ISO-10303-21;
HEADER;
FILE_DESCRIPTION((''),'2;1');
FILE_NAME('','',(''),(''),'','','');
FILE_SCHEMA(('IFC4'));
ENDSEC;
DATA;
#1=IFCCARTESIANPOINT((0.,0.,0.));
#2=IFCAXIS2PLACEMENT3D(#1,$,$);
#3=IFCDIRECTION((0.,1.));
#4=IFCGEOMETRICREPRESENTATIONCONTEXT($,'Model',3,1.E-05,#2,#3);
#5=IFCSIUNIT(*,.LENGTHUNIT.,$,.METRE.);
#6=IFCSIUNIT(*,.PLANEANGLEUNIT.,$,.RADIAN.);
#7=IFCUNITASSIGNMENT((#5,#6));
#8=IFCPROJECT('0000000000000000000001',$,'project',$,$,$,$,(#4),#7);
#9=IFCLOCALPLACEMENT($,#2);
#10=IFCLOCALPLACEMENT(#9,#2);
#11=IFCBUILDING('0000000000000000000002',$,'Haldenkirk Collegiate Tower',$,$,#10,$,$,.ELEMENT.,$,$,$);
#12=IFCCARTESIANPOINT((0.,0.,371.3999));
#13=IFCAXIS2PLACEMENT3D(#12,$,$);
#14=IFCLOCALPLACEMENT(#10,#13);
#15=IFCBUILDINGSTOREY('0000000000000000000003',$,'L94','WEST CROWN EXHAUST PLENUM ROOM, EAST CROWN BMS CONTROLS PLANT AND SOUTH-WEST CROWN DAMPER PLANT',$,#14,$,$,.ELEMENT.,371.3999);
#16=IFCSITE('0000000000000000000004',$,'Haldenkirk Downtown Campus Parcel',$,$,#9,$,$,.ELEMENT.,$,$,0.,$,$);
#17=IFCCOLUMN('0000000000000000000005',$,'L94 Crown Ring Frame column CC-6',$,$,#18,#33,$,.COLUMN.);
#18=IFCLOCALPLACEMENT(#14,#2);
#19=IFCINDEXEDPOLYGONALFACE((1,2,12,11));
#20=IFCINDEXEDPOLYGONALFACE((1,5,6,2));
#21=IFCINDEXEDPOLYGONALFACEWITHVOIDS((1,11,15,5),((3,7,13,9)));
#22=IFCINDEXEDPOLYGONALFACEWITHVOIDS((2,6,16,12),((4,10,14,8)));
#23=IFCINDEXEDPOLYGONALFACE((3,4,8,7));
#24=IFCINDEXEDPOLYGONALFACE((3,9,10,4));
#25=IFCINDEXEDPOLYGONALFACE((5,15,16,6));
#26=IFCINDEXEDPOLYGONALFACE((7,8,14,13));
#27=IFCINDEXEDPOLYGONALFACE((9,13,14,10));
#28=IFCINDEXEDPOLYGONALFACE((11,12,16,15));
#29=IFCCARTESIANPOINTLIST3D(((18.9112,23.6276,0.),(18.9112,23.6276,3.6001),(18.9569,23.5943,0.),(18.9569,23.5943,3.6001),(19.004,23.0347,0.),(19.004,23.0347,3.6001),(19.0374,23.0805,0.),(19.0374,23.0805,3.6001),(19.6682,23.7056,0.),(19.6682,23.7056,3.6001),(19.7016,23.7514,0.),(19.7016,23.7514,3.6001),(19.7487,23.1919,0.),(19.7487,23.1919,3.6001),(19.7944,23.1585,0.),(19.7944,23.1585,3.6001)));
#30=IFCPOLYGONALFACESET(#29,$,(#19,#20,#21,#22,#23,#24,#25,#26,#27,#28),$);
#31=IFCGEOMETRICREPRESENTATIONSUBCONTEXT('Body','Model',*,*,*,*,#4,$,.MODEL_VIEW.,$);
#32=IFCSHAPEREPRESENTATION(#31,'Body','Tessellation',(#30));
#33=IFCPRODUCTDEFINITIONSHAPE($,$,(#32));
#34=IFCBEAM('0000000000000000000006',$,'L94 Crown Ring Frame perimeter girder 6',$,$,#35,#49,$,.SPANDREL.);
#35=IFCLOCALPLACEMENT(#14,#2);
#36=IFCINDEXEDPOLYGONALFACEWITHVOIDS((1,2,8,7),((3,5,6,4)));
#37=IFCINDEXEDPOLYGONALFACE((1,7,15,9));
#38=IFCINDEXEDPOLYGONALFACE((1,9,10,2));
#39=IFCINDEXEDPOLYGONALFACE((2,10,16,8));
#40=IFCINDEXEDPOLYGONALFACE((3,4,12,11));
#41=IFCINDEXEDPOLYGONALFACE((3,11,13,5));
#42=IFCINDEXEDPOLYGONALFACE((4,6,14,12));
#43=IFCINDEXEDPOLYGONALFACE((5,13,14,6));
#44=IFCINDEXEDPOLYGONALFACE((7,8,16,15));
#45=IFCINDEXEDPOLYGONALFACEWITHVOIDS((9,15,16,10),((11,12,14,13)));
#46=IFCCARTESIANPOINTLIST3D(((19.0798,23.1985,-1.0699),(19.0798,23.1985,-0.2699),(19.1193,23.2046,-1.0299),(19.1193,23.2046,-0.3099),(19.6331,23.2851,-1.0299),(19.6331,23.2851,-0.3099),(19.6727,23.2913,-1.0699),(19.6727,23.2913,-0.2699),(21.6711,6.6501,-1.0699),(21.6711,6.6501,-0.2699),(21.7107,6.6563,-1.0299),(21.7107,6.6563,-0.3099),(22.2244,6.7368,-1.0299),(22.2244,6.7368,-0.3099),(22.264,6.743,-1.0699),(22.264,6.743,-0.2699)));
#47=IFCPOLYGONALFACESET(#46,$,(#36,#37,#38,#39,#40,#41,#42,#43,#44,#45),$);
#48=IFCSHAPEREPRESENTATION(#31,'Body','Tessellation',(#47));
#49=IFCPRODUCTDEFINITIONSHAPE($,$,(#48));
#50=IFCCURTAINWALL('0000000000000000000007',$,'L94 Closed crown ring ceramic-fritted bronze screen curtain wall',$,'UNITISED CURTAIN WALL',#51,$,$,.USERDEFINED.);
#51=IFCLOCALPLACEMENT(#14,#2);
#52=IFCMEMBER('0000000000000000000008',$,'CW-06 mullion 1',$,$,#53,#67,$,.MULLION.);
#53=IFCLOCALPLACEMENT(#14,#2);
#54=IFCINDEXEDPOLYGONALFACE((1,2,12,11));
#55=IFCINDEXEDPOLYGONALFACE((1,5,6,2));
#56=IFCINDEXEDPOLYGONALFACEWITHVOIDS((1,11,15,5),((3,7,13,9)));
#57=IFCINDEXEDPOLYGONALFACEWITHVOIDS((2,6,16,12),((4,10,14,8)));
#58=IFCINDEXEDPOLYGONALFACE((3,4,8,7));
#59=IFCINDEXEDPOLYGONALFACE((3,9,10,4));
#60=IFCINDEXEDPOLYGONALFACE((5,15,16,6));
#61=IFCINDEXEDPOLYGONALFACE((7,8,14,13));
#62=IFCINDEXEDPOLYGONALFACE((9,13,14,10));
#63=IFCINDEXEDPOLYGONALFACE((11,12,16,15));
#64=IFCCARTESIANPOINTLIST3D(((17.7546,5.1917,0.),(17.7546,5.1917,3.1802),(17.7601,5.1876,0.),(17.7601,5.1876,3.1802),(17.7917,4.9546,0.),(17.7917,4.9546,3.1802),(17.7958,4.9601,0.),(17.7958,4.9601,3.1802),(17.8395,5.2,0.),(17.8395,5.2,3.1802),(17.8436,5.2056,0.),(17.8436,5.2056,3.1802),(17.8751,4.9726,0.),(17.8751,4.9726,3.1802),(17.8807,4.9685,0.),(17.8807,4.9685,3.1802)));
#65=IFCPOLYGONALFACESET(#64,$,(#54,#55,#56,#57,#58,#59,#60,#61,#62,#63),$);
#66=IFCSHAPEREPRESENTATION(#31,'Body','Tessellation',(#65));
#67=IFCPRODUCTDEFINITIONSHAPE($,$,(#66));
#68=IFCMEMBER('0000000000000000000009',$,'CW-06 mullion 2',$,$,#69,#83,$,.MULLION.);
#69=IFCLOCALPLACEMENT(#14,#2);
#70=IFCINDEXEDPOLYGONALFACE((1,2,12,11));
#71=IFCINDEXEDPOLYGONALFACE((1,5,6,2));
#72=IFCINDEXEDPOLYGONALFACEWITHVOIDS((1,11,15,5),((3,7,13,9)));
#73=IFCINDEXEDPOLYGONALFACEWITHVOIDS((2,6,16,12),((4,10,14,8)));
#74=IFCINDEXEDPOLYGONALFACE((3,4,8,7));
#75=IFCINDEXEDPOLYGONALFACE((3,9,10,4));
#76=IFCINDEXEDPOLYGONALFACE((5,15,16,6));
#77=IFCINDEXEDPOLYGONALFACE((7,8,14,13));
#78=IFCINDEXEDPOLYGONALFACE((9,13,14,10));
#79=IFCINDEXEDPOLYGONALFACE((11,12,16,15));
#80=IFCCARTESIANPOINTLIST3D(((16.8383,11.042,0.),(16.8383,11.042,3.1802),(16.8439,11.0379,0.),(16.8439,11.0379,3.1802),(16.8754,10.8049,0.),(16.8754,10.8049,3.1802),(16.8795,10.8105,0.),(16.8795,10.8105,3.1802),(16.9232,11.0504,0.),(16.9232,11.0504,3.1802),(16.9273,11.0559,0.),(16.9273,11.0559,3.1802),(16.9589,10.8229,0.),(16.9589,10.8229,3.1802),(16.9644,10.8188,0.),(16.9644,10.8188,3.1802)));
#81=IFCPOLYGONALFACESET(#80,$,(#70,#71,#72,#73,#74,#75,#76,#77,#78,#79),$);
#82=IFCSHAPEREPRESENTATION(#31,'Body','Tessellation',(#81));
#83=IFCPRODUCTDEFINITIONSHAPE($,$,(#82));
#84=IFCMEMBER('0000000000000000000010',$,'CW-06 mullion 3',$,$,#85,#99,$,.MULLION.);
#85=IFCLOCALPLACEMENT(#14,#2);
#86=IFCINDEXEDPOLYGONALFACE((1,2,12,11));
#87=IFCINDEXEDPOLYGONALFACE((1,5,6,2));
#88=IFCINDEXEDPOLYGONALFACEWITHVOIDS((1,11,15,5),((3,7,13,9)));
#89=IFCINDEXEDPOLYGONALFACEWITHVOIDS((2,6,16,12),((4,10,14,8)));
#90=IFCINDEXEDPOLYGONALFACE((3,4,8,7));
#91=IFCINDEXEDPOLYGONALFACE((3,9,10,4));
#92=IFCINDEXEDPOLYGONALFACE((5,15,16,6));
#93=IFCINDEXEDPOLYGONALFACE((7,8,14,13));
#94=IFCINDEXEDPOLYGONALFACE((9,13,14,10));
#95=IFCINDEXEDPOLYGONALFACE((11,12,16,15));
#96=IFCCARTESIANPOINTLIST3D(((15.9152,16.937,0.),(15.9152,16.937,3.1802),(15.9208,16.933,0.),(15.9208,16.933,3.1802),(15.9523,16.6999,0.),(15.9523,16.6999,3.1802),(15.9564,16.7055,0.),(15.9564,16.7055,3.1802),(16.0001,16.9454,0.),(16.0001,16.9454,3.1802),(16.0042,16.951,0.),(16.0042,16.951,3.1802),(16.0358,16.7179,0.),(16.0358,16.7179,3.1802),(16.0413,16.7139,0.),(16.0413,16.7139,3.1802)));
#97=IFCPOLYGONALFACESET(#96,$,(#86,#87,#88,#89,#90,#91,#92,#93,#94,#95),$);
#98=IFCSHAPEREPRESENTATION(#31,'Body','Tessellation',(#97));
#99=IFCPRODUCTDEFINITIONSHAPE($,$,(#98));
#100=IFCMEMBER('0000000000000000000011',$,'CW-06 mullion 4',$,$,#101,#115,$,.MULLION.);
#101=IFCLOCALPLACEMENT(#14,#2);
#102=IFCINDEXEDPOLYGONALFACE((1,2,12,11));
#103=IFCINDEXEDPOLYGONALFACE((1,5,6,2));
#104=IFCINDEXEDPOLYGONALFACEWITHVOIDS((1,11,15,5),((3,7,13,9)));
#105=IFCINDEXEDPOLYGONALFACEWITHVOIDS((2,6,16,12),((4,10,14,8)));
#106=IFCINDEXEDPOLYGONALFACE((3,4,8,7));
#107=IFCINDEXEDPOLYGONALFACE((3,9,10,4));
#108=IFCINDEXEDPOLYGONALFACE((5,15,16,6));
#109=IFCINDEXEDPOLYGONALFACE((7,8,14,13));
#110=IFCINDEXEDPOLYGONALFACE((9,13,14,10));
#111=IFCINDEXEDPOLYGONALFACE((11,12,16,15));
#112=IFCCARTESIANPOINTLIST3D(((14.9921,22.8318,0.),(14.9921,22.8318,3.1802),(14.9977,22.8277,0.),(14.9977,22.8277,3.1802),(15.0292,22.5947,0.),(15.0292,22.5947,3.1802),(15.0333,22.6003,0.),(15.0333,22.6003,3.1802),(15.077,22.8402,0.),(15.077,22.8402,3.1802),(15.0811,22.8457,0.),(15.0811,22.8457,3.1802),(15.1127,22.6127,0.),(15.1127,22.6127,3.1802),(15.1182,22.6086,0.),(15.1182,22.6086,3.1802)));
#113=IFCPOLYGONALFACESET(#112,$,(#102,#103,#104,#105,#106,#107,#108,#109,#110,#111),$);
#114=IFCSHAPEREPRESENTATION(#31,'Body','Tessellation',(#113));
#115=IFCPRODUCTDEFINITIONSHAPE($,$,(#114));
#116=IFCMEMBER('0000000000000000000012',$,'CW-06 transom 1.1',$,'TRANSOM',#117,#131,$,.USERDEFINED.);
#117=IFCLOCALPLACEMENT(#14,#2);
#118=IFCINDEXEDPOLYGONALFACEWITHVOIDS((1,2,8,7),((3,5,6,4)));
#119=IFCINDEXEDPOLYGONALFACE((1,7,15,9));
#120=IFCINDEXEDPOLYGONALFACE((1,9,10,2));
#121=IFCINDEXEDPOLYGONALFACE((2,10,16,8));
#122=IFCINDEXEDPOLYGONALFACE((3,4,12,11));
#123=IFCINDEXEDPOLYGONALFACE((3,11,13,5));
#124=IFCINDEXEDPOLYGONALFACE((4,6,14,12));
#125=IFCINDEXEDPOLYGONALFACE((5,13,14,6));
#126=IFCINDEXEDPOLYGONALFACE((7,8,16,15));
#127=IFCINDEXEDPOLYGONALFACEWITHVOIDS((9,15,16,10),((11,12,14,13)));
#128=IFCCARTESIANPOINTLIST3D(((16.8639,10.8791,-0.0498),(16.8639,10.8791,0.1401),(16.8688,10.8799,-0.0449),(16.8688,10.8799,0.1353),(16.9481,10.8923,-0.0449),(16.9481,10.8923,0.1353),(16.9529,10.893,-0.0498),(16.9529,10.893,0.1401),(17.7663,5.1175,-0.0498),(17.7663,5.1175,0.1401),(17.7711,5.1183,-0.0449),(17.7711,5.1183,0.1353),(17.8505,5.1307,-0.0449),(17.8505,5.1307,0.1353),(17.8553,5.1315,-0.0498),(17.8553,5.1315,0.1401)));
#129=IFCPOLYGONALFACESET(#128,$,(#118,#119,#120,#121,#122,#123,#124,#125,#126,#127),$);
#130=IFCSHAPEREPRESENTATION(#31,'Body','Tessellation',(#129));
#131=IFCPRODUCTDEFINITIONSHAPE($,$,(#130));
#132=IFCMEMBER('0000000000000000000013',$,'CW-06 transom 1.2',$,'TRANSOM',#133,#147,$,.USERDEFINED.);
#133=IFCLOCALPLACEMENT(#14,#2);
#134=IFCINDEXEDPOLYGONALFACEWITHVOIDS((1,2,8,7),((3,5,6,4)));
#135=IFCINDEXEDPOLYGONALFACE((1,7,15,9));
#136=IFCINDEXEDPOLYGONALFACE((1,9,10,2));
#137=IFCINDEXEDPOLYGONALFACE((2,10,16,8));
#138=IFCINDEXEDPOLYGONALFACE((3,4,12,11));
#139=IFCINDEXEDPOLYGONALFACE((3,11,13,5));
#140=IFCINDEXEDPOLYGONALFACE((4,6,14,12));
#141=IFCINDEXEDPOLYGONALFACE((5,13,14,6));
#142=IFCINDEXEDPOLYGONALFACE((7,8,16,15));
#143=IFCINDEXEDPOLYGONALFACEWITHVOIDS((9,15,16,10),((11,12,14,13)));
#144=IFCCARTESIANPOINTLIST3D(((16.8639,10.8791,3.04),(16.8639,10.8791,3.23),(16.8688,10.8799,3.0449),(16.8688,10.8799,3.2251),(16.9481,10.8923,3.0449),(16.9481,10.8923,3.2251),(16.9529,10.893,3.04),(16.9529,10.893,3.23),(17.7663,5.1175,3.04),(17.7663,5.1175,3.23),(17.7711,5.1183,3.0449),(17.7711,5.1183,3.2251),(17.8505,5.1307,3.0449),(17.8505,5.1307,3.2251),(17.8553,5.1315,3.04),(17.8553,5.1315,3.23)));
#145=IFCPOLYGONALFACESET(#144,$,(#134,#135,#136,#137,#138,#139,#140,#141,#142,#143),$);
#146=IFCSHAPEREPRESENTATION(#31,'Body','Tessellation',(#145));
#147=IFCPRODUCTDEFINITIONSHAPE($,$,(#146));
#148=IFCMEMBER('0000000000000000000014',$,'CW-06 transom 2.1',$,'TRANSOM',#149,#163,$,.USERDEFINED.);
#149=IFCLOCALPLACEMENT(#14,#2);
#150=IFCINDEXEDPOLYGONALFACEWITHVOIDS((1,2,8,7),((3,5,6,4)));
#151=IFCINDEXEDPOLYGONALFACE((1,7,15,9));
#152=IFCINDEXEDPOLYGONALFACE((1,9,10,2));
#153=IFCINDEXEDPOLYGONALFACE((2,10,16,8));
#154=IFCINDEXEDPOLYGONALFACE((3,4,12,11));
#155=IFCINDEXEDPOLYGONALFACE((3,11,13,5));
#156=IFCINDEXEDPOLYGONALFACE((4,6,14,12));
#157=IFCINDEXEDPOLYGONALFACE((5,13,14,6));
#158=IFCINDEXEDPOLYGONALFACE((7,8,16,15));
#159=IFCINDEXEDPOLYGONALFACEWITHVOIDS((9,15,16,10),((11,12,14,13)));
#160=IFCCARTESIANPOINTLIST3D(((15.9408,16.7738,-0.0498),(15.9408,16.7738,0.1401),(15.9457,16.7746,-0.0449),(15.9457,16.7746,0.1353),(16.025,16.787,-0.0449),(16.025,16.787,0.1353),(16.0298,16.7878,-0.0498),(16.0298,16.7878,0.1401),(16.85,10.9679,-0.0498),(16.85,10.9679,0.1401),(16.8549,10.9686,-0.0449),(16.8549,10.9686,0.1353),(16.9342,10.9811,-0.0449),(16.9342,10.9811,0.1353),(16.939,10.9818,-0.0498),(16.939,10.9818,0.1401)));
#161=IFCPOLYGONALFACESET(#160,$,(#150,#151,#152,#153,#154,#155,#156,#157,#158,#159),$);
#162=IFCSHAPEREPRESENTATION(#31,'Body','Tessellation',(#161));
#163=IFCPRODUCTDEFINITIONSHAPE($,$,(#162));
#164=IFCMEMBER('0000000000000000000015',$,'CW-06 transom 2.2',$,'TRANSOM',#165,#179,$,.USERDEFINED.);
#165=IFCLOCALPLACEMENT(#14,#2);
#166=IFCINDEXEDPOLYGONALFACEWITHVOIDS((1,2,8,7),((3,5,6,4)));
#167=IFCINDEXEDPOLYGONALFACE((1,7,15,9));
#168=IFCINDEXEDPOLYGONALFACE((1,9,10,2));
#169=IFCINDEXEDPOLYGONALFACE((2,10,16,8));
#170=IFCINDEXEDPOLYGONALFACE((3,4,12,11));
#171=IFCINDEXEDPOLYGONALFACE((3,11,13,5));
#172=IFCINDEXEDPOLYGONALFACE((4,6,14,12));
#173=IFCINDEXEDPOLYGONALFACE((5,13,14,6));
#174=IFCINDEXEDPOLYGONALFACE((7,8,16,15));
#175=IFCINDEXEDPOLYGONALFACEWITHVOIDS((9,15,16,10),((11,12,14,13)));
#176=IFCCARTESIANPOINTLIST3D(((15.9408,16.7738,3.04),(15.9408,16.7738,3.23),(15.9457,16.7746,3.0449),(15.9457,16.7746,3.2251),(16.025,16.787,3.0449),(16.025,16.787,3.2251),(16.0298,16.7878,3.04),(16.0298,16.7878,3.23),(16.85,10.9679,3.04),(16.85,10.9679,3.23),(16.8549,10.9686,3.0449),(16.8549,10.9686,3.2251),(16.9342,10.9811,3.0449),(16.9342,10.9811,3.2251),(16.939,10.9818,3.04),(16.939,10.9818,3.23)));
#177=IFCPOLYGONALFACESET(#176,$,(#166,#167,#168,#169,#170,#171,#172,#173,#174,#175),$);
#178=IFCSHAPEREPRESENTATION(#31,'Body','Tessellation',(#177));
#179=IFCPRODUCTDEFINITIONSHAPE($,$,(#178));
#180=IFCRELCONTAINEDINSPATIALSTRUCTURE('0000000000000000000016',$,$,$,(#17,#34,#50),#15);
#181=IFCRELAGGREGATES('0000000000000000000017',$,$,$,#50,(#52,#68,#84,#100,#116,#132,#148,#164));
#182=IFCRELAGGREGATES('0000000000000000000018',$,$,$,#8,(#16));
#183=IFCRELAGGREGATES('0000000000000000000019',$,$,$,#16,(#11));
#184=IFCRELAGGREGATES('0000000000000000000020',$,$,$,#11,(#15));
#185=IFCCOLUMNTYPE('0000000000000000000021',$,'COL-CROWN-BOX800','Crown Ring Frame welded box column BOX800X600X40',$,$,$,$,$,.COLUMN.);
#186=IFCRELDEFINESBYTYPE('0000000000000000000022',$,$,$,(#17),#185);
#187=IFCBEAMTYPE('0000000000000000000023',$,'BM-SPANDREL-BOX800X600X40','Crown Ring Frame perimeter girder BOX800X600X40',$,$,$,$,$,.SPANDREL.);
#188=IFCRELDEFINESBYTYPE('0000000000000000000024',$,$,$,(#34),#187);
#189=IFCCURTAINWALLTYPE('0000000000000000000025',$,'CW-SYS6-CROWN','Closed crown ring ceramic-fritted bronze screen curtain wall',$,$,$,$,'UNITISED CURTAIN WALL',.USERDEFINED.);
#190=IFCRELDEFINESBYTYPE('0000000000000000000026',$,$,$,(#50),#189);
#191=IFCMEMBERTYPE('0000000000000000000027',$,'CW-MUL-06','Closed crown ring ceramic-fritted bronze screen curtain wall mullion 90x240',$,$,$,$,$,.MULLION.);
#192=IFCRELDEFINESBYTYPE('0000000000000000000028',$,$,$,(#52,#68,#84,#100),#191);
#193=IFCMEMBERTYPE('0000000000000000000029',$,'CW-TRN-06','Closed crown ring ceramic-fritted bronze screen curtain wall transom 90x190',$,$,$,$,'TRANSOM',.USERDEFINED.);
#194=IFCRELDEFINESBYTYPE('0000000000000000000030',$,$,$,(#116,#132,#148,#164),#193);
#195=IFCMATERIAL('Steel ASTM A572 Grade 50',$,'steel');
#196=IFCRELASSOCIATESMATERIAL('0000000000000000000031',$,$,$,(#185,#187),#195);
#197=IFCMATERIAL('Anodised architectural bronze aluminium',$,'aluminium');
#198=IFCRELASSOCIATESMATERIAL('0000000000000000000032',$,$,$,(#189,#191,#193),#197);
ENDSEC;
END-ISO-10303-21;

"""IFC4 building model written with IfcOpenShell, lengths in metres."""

from ifc_helpers import new_model, si_unit, direction, frame, origin, origin_2d, place, context, subcontext, project, spatial, hollow_rectangle, extrude, material, material_profile, profile_set, type_object, element, aggregate, save


model = new_model("IFC4")

# Units and contexts
model_context = context("Model", 3, precision=1e-05, world=origin(), true_north=direction((0.0, 1.0)))
body_context = subcontext(model_context, "Body", "Model", "MODEL_VIEW")
ifc_project = project(units=[si_unit("LENGTHUNIT", "METRE"), si_unit("PLANEANGLEUNIT", "RADIAN")], contexts=[model_context])

# Site, building, storey
site_placement = place(None, origin())
site = spatial("IfcSite", under=ifc_project, at=site_placement, Name="Haldenkirk Downtown Campus Parcel", CompositionType="ELEMENT", RefElevation=0.0)
building_placement = place(site_placement, origin())
building = spatial("IfcBuilding", under=site, at=building_placement, Name="Haldenkirk Collegiate Tower", CompositionType="ELEMENT")
storey_placement = place(building_placement, frame((0.0, 0.0, 371.3999)))
storey = spatial("IfcBuildingStorey", under=building, at=storey_placement, Name="L94", Description="WEST CROWN EXHAUST PLENUM ROOM, EAST CROWN BMS CONTROLS PLANT AND SOUTH-WEST CROWN DAMPER PLANT", CompositionType="ELEMENT", Elevation=371.3999)

# Column
ifc_material_1 = material(Name="Steel ASTM A572 Grade 50", Category="steel")
ifc_material_profile_1 = material_profile(ifc_material_1, hollow_rectangle(XDim=0.6001, YDim=0.8, WallThickness=0.04, at=origin_2d()), Name="BOX800X600X40")
ifc_profile_set_1 = profile_set([ifc_material_profile_1], Name="Steel ASTM A572 Grade 50")
column_type = type_object("IfcColumnType", Name="COL-CROWN-BOX800", Description="Crown Ring Frame welded box column BOX800X600X40", PredefinedType="COLUMN", material=ifc_profile_set_1)
column_placement = place(storey_placement, frame((19.3528, 23.3931, 0.0), z_axis=(0.0, 0.0, 1.0), x_axis=(-0.15471, 0.98796, 0.0)))
element("IfcColumn", 1, at=column_placement, inside=storey, type_object=column_type, Name="L94 Crown Ring Frame column CC-6", PredefinedType="COLUMN", context=body_context, shape_type="SweptSolid", body=[
    extrude(hollow_rectangle(XDim=0.6001, YDim=0.8, WallThickness=0.04, at=origin_2d()), origin(), (0.0, 0.0, 1.0), 3.6001),
])

# Beam
ifc_material_profile_2 = material_profile(ifc_material_1, hollow_rectangle(XDim=0.6001, YDim=0.8, WallThickness=0.04, at=origin_2d()), Name="BOX800X600X40")
ifc_profile_set_2 = profile_set([ifc_material_profile_2], Name="Steel ASTM A572 Grade 50")
beam_type = type_object("IfcBeamType", Name="BM-SPANDREL-BOX800X600X40", Description="Crown Ring Frame perimeter girder BOX800X600X40", PredefinedType="SPANDREL", material=ifc_profile_set_2)
beam_placement = place(storey_placement, frame((19.3762, 23.2449, -0.6699), z_axis=(0.154705, -0.987961, 0.0), x_axis=(0.987961, 0.154705, 0.0)))
element("IfcBeam", 2, at=beam_placement, inside=storey, type_object=beam_type, Name="L94 Crown Ring Frame perimeter girder 6", PredefinedType="SPANDREL", context=body_context, shape_type="SweptSolid", body=[
    extrude(hollow_rectangle(XDim=0.6001, YDim=0.8, WallThickness=0.04, at=origin_2d()), origin(), (0.0, 0.0, 1.0), 16.75),
])

# Curtain wall, members
ifc_material_2 = material(Name="Anodised architectural bronze aluminium", Category="aluminium")
curtain_wall_type = type_object("IfcCurtainWallType", Name="CW-SYS6-CROWN", Description="Closed crown ring ceramic-fritted bronze screen curtain wall", ElementType="UNITISED CURTAIN WALL", PredefinedType="USERDEFINED", material=ifc_material_2)
curtain_wall_placement = place(storey_placement, origin())
curtain_wall = element("IfcCurtainWall", 3, at=curtain_wall_placement, inside=storey, type_object=curtain_wall_type, Name="L94 Closed crown ring ceramic-fritted bronze screen curtain wall", ObjectType="UNITISED CURTAIN WALL", PredefinedType="USERDEFINED")
ifc_material_profile_3 = material_profile(ifc_material_2, hollow_rectangle(XDim=0.0901, YDim=0.24, WallThickness=0.0049, at=origin_2d()), Name="CW-MUL-06")
ifc_profile_set_3 = profile_set([ifc_material_profile_3], Name="Anodised architectural bronze aluminium")
member_type_1 = type_object("IfcMemberType", Name="CW-MUL-06", Description="Closed crown ring ceramic-fritted bronze screen curtain wall mullion 90x240", PredefinedType="MULLION", material=ifc_profile_set_3)
member_1_placement = place(storey_placement, frame((17.8176, 5.0801, 0.0), z_axis=(0.0, 0.0, 1.0), x_axis=(-0.98796, -0.154713, 0.0)))
member_1 = element("IfcMember", 4, at=member_1_placement, type_object=member_type_1, Name="CW-06 mullion 1", PredefinedType="MULLION", context=body_context, shape_type="SweptSolid", body=[
    extrude(hollow_rectangle(XDim=0.0901, YDim=0.24, WallThickness=0.0049, at=origin_2d()), origin(), (0.0, 0.0, 1.0), 3.1802),
])
member_2_placement = place(storey_placement, frame((16.9014, 10.9304, 0.0), z_axis=(0.0, 0.0, 1.0), x_axis=(-0.98796, -0.154713, 0.0)))
member_2 = element("IfcMember", 5, at=member_2_placement, type_object=member_type_1, Name="CW-06 mullion 2", PredefinedType="MULLION", context=body_context, shape_type="SweptSolid", body=[
    extrude(hollow_rectangle(XDim=0.0901, YDim=0.24, WallThickness=0.0049, at=origin_2d()), origin(), (0.0, 0.0, 1.0), 3.1802),
])
member_3_placement = place(storey_placement, frame((15.9783, 16.8254, 0.0), z_axis=(0.0, 0.0, 1.0), x_axis=(-0.98796, -0.154713, 0.0)))
member_3 = element("IfcMember", 6, at=member_3_placement, type_object=member_type_1, Name="CW-06 mullion 3", PredefinedType="MULLION", context=body_context, shape_type="SweptSolid", body=[
    extrude(hollow_rectangle(XDim=0.0901, YDim=0.24, WallThickness=0.0049, at=origin_2d()), origin(), (0.0, 0.0, 1.0), 3.1802),
])
member_4_placement = place(storey_placement, frame((15.0552, 22.7202, 0.0), z_axis=(0.0, 0.0, 1.0), x_axis=(-0.98796, -0.154713, 0.0)))
member_4 = element("IfcMember", 7, at=member_4_placement, type_object=member_type_1, Name="CW-06 mullion 4", PredefinedType="MULLION", context=body_context, shape_type="SweptSolid", body=[
    extrude(hollow_rectangle(XDim=0.0901, YDim=0.24, WallThickness=0.0049, at=origin_2d()), origin(), (0.0, 0.0, 1.0), 3.1802),
])
ifc_material_profile_4 = material_profile(ifc_material_2, hollow_rectangle(XDim=0.0901, YDim=0.1899, WallThickness=0.0049, at=origin_2d()), Name="CW-TRN-06")
ifc_profile_set_4 = profile_set([ifc_material_profile_4], Name="Anodised architectural bronze aluminium")
member_type_2 = type_object("IfcMemberType", Name="CW-TRN-06", Description="Closed crown ring ceramic-fritted bronze screen curtain wall transom 90x190", ElementType="TRANSOM", PredefinedType="USERDEFINED", material=ifc_profile_set_4)
member_5_placement = place(storey_placement, frame((17.8108, 5.1245, 0.0452), z_axis=(-0.154731, 0.987957, 0.0), x_axis=(-0.987957, -0.154731, 0.0)))
member_5 = element("IfcMember", 8, at=member_5_placement, type_object=member_type_2, Name="CW-06 transom 1.1", ObjectType="TRANSOM", PredefinedType="USERDEFINED", context=body_context, shape_type="SweptSolid", body=[
    extrude(hollow_rectangle(XDim=0.0901, YDim=0.1899, WallThickness=0.0049, at=origin_2d()), origin(), (0.0, 0.0, 1.0), 5.8318),
])
member_6_placement = place(storey_placement, frame((17.8108, 5.1245, 3.135), z_axis=(-0.154731, 0.987957, 0.0), x_axis=(-0.987957, -0.154731, 0.0)))
member_6 = element("IfcMember", 9, at=member_6_placement, type_object=member_type_2, Name="CW-06 transom 1.2", ObjectType="TRANSOM", PredefinedType="USERDEFINED", context=body_context, shape_type="SweptSolid", body=[
    extrude(hollow_rectangle(XDim=0.0901, YDim=0.1899, WallThickness=0.0049, at=origin_2d()), origin(), (0.0, 0.0, 1.0), 5.8318),
])
member_7_placement = place(storey_placement, frame((16.8945, 10.9749, 0.0452), z_axis=(-0.15471, 0.98796, 0.0), x_axis=(-0.98796, -0.15471, 0.0)))
member_7 = element("IfcMember", 10, at=member_7_placement, type_object=member_type_2, Name="CW-06 transom 2.1", ObjectType="TRANSOM", PredefinedType="USERDEFINED", context=body_context, shape_type="SweptSolid", body=[
    extrude(hollow_rectangle(XDim=0.0901, YDim=0.1899, WallThickness=0.0049, at=origin_2d()), origin(), (0.0, 0.0, 1.0), 5.8767),
])
member_8_placement = place(storey_placement, frame((16.8945, 10.9749, 3.135), z_axis=(-0.15471, 0.98796, 0.0), x_axis=(-0.98796, -0.15471, 0.0)))
member_8 = element("IfcMember", 11, at=member_8_placement, type_object=member_type_2, Name="CW-06 transom 2.2", ObjectType="TRANSOM", PredefinedType="USERDEFINED", context=body_context, shape_type="SweptSolid", body=[
    extrude(hollow_rectangle(XDim=0.0901, YDim=0.1899, WallThickness=0.0049, at=origin_2d()), origin(), (0.0, 0.0, 1.0), 5.8767),
])

aggregate(curtain_wall, [member_1, member_2, member_3, member_4, member_5, member_6, member_7, member_8])

save(model, "model.ifc")
